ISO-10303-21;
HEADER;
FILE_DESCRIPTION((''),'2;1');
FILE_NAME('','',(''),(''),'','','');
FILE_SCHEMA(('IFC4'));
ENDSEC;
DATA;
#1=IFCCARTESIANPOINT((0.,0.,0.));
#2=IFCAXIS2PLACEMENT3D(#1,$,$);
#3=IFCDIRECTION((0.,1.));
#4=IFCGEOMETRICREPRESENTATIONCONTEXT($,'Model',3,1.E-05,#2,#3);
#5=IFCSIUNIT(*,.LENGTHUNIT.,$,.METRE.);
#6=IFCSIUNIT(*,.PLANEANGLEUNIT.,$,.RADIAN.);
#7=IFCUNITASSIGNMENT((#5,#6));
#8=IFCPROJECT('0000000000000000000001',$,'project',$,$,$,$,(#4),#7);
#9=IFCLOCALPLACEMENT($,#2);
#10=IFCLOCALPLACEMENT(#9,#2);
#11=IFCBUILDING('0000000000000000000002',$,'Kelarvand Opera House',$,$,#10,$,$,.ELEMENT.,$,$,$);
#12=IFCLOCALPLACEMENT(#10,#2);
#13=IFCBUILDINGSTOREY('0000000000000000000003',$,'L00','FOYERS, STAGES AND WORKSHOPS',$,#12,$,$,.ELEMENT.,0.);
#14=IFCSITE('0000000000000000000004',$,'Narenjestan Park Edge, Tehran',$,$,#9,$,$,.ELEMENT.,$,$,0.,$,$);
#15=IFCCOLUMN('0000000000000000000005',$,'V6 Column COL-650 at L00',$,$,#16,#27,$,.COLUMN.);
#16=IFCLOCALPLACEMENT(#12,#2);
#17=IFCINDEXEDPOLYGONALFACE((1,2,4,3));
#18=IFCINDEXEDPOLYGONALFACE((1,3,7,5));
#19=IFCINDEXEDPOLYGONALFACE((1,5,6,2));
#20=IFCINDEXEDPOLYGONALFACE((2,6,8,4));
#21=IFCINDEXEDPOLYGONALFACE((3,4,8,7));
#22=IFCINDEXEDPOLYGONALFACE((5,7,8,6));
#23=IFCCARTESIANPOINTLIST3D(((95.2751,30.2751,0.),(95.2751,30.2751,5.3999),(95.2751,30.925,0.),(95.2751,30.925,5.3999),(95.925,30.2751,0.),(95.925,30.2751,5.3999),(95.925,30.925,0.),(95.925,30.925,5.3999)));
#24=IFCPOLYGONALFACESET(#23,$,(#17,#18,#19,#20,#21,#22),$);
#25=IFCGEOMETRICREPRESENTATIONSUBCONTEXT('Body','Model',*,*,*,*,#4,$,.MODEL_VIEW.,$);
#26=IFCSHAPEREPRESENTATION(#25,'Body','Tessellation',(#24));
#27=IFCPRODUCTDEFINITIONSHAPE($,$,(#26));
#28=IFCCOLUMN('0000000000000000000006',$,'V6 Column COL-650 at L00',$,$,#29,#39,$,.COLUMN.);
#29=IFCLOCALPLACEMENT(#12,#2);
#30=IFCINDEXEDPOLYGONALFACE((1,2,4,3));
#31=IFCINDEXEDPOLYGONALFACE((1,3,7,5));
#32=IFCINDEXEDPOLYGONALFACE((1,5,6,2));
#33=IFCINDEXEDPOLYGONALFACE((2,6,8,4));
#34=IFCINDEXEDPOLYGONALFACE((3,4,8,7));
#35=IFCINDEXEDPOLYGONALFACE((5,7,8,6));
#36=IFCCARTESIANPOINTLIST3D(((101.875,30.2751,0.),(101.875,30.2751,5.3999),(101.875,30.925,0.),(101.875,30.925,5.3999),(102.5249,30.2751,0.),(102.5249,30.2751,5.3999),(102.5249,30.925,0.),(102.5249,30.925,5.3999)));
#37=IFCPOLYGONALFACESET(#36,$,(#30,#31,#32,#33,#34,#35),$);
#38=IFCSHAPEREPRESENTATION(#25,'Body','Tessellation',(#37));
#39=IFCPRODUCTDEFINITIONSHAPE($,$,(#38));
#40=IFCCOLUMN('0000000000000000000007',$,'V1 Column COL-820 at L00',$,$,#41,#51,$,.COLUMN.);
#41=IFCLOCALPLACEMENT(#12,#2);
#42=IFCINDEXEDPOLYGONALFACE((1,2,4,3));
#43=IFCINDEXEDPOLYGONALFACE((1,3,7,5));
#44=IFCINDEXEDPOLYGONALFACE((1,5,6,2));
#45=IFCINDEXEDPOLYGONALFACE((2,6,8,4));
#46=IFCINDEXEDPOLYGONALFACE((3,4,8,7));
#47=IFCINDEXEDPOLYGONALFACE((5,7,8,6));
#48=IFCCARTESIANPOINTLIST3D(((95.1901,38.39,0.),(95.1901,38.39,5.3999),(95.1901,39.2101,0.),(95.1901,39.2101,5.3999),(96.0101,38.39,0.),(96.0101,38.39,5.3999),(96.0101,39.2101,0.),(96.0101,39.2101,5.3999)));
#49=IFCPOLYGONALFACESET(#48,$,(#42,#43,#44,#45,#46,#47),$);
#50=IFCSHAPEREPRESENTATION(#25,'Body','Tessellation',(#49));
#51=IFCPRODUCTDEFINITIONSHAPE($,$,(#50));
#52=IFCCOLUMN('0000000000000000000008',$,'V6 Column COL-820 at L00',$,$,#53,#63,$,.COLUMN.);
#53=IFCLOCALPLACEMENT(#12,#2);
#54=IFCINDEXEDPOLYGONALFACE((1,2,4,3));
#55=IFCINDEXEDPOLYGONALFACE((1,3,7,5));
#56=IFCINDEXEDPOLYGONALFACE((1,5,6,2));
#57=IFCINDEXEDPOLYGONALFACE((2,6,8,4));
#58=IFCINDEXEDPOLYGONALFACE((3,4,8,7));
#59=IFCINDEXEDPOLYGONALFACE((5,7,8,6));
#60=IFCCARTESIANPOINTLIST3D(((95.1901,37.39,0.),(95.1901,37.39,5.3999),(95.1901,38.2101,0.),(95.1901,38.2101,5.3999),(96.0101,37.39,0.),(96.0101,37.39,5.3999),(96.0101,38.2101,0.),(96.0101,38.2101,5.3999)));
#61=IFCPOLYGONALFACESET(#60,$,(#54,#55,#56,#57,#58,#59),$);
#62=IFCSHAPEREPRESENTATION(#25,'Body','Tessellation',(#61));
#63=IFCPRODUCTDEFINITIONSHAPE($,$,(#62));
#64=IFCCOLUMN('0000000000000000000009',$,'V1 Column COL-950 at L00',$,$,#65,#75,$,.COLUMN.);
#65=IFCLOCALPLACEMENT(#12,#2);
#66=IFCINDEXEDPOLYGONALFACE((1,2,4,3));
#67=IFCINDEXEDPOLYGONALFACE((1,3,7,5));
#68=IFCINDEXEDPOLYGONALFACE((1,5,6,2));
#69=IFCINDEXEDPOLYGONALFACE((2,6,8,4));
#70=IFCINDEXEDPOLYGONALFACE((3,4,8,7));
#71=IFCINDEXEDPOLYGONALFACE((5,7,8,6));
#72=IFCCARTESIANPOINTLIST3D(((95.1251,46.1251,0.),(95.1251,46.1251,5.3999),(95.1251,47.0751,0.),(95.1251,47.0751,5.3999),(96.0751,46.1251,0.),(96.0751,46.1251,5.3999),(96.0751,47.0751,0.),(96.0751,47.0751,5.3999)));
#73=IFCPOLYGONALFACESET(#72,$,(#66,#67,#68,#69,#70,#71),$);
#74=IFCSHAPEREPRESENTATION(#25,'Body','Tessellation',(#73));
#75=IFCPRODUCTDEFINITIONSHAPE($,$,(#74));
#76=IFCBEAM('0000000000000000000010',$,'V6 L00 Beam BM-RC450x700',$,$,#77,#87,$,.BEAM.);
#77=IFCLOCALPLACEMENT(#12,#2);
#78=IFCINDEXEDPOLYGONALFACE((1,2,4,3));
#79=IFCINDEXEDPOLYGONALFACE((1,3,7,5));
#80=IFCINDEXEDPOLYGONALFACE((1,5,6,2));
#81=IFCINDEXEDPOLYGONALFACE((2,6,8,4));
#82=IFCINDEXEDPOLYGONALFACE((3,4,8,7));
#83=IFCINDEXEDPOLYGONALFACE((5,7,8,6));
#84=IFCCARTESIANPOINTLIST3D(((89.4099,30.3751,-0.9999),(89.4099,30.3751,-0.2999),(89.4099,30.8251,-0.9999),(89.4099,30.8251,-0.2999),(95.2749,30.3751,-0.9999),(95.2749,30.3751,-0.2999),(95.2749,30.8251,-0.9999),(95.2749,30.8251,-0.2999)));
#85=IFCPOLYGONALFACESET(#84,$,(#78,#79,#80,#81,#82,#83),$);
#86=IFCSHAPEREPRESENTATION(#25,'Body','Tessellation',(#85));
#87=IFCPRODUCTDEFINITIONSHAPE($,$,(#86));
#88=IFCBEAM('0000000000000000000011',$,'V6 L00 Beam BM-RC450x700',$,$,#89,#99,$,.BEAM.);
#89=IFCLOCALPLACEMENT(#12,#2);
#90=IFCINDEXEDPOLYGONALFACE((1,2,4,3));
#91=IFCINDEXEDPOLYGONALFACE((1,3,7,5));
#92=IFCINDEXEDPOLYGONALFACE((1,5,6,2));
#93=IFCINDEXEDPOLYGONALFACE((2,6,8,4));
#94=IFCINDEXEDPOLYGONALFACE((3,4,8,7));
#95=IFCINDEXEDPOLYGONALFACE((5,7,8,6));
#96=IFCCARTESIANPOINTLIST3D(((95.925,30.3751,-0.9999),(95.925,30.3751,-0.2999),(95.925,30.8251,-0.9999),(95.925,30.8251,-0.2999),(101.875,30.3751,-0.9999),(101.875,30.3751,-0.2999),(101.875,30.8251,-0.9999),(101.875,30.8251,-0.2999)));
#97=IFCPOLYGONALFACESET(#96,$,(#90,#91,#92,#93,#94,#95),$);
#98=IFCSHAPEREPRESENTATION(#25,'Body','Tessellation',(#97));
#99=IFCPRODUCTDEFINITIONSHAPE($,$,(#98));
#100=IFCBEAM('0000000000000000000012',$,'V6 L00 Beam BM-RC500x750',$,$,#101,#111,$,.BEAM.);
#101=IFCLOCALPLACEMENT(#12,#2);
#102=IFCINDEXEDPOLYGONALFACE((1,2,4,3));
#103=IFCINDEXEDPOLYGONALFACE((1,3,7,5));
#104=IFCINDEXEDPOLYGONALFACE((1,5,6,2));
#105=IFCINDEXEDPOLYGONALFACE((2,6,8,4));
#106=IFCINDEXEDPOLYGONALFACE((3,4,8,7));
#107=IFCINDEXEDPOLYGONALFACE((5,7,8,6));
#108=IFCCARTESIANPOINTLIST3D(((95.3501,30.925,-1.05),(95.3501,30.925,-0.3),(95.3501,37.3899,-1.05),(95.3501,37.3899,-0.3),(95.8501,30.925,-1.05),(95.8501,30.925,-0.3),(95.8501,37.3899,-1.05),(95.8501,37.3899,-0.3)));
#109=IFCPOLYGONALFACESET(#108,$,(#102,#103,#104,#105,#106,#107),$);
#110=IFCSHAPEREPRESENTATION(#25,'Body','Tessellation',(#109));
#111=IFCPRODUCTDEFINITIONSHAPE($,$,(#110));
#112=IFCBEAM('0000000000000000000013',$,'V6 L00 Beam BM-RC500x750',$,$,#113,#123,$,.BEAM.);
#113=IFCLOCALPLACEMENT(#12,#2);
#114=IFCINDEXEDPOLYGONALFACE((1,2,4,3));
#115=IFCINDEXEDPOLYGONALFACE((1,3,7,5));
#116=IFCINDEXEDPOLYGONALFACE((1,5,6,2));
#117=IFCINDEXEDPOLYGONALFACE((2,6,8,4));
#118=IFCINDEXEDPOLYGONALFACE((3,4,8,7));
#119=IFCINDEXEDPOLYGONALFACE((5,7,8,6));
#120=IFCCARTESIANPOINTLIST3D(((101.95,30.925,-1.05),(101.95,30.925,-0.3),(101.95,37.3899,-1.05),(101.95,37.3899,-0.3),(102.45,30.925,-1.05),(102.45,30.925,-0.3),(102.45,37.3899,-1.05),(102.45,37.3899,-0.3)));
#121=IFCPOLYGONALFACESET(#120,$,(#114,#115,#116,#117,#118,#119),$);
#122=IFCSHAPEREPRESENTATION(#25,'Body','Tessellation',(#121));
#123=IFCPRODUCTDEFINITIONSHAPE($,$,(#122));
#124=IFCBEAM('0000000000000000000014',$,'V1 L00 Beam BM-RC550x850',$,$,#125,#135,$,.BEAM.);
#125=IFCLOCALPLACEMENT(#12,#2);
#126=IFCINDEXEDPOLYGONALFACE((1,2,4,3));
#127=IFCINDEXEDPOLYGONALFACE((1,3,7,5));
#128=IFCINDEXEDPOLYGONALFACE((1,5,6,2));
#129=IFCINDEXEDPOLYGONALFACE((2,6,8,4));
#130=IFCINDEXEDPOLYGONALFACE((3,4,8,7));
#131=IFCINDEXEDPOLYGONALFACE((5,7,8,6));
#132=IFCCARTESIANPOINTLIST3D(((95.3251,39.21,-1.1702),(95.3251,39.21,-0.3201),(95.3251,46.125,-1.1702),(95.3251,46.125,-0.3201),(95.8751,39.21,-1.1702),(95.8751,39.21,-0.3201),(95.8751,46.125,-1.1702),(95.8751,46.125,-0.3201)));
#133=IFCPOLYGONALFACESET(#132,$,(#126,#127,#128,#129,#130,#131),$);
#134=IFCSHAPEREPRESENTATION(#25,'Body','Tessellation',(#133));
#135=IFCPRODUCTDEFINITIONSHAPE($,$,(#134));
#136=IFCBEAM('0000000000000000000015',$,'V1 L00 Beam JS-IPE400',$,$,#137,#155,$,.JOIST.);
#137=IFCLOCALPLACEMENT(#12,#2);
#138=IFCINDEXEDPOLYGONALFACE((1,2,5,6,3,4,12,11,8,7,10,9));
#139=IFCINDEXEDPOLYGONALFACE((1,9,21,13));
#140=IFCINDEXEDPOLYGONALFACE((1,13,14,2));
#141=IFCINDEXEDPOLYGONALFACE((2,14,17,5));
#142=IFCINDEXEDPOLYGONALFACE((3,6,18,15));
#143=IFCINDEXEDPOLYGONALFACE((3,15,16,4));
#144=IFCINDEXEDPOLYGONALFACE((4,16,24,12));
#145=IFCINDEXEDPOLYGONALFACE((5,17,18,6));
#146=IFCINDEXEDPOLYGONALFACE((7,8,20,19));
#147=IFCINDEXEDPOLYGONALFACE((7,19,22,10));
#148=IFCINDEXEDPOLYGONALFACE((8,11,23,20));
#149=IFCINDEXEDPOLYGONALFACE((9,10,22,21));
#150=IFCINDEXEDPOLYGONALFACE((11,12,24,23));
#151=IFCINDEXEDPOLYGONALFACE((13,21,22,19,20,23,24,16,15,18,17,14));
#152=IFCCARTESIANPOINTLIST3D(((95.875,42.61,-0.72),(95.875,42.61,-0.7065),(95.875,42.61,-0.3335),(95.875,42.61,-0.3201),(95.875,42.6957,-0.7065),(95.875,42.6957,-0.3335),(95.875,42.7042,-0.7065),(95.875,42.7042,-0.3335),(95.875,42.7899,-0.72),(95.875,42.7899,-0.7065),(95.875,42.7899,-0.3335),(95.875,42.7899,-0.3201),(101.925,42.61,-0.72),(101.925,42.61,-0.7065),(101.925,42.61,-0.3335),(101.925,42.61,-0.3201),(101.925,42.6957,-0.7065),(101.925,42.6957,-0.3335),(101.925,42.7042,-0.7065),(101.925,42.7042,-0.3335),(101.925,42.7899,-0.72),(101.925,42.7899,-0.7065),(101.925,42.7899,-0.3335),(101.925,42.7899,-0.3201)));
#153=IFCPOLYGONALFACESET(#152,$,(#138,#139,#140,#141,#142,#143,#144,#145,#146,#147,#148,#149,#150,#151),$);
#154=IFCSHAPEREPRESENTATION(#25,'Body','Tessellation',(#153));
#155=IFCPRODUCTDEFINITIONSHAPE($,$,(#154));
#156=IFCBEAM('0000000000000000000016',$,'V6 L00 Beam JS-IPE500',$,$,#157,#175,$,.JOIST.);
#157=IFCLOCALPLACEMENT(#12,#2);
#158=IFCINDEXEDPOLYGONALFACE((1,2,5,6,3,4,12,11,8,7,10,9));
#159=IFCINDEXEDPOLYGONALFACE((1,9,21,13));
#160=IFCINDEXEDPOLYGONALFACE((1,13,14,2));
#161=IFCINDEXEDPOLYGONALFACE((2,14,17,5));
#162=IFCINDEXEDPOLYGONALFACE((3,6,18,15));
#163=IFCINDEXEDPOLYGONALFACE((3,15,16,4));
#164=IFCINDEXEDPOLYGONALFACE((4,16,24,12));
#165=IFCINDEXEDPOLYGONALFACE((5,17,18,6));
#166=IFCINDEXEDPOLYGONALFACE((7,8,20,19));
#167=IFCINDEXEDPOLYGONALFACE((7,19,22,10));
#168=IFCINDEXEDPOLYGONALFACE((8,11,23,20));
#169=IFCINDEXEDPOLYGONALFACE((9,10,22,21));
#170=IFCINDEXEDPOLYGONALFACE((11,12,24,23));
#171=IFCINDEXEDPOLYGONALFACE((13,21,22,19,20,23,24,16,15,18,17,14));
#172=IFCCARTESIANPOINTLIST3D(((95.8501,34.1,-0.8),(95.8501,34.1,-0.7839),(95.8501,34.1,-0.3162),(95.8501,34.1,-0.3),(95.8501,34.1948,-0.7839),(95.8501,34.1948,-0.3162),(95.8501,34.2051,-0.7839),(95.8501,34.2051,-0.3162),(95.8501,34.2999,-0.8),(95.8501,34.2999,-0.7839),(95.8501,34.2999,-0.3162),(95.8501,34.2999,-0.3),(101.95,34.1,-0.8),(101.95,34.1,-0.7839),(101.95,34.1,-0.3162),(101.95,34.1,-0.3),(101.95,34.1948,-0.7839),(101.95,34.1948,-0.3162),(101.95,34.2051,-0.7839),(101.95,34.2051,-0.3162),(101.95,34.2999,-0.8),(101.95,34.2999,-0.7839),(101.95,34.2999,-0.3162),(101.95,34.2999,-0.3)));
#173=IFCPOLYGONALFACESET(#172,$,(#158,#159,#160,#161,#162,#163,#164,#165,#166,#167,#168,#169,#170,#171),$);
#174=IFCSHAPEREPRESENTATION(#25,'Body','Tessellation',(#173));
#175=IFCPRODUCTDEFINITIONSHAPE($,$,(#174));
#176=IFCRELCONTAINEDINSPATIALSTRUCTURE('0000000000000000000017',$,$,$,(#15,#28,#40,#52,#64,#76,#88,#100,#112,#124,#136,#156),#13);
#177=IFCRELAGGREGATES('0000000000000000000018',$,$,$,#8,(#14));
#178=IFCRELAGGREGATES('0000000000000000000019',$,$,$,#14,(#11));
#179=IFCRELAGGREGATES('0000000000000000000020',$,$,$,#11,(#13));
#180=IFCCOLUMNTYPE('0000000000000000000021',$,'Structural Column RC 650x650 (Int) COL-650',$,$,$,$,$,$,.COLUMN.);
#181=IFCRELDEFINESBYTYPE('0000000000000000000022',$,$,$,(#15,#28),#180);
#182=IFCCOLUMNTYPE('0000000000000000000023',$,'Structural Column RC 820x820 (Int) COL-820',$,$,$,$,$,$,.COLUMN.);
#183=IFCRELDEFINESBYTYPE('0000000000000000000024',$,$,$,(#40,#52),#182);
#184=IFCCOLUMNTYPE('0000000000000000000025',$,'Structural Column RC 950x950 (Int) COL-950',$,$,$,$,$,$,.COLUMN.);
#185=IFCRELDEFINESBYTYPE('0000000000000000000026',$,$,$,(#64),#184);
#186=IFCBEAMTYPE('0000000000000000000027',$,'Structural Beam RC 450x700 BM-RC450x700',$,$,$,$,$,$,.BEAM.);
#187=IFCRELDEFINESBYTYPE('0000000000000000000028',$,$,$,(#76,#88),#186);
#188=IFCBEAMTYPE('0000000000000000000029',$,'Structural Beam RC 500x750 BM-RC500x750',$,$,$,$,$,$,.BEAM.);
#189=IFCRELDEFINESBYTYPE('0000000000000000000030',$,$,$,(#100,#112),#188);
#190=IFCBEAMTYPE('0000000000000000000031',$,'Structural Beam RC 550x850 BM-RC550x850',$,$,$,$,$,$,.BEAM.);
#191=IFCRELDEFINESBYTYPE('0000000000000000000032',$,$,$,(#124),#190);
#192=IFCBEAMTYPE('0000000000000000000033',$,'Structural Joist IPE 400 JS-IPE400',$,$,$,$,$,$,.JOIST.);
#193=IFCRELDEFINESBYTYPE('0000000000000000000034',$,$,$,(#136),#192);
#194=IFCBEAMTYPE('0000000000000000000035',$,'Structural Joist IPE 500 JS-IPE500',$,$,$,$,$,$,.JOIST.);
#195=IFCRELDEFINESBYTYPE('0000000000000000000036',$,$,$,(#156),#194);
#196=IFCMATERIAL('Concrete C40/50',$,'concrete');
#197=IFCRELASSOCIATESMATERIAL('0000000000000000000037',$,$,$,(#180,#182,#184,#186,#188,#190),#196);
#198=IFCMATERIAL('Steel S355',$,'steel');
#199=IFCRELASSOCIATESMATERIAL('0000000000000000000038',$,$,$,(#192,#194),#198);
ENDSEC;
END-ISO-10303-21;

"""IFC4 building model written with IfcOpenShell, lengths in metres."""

from ifc_helpers import new_model, si_unit, direction, frame, origin, origin_2d, place, context, subcontext, project, spatial, rectangle, i_section, extrude, material, material_profile, profile_set, type_object, element, save


model = new_model("IFC4")

# Units and contexts
model_context = context("Model", 3, precision=1e-05, world=origin(), true_north=direction((0.0, 1.0)))
body_context = subcontext(model_context, "Body", "Model", "MODEL_VIEW")
ifc_project = project(units=[si_unit("LENGTHUNIT", "METRE"), si_unit("PLANEANGLEUNIT", "RADIAN")], contexts=[model_context])

# Site, building, storey
site_placement = place(None, origin())
site = spatial("IfcSite", under=ifc_project, at=site_placement, Name="Narenjestan Park Edge, Tehran", CompositionType="ELEMENT", RefElevation=0.0)
building_placement = place(site_placement, origin())
building = spatial("IfcBuilding", under=site, at=building_placement, Name="Kelarvand Opera House", CompositionType="ELEMENT")
storey_placement = place(building_placement, origin())
storey = spatial("IfcBuildingStorey", under=building, at=storey_placement, Name="L00", Description="FOYERS, STAGES AND WORKSHOPS", CompositionType="ELEMENT", Elevation=0.0)

# Columns
ifc_material_1 = material(Name="Concrete C40/50", Category="concrete")
ifc_material_profile_1 = material_profile(ifc_material_1, rectangle(XDim=0.6499, YDim=0.6499, at=origin_2d()), Name="RC 650x650", Category="concrete")
ifc_profile_set_1 = profile_set([ifc_material_profile_1], Name="Concrete C40/50")
column_type_1 = type_object("IfcColumnType", Name="Structural Column RC 650x650 (Int) COL-650", PredefinedType="COLUMN", material=ifc_profile_set_1)
for number, where, z_axis, x_axis, name in (
    (1, (95.6001, 30.6001, 0.0), (0.0, 0.0, 1.0), (1.0, 0.0, 0.0), "V6 Column COL-650 at L00"),
    (2, (102.2, 30.6001, 0.0), (0.0, 0.0, 1.0), (1.0, 0.0, 0.0), "V6 Column COL-650 at L00"),
):
    element("IfcColumn", number, at=place(storey_placement, frame(where, z_axis=z_axis, x_axis=x_axis)), inside=storey, type_object=column_type_1, Name=name, PredefinedType="COLUMN", context=body_context, shape_type="SweptSolid", body=[
        extrude(rectangle(XDim=0.6499, YDim=0.6499, at=origin_2d()), origin(), (0.0, 0.0, 1.0), 5.3999),
    ])
ifc_material_profile_2 = material_profile(ifc_material_1, rectangle(XDim=0.8201, YDim=0.8201, at=origin_2d()), Name="RC 820x820", Category="concrete")
ifc_profile_set_2 = profile_set([ifc_material_profile_2], Name="Concrete C40/50")
column_type_2 = type_object("IfcColumnType", Name="Structural Column RC 820x820 (Int) COL-820", PredefinedType="COLUMN", material=ifc_profile_set_2)
for number, where, z_axis, x_axis, name in (
    (3, (95.6001, 38.8, 0.0), (0.0, 0.0, 1.0), (1.0, 0.0, 0.0), "V1 Column COL-820 at L00"),
    (4, (95.6001, 37.8, 0.0), (0.0, 0.0, 1.0), (1.0, 0.0, 0.0), "V6 Column COL-820 at L00"),
):
    element("IfcColumn", number, at=place(storey_placement, frame(where, z_axis=z_axis, x_axis=x_axis)), inside=storey, type_object=column_type_2, Name=name, PredefinedType="COLUMN", context=body_context, shape_type="SweptSolid", body=[
        extrude(rectangle(XDim=0.8201, YDim=0.8201, at=origin_2d()), origin(), (0.0, 0.0, 1.0), 5.3999),
    ])
ifc_material_profile_3 = material_profile(ifc_material_1, rectangle(XDim=0.95, YDim=0.95, at=origin_2d()), Name="RC 950x950", Category="concrete")
ifc_profile_set_3 = profile_set([ifc_material_profile_3], Name="Concrete C40/50")
column_type_3 = type_object("IfcColumnType", Name="Structural Column RC 950x950 (Int) COL-950", PredefinedType="COLUMN", material=ifc_profile_set_3)
column_placement = place(storey_placement, frame((95.6001, 46.6001, 0.0), z_axis=(0.0, 0.0, 1.0), x_axis=(1.0, 0.0, 0.0)))
element("IfcColumn", 5, at=column_placement, inside=storey, type_object=column_type_3, Name="V1 Column COL-950 at L00", PredefinedType="COLUMN", context=body_context, shape_type="SweptSolid", body=[
    extrude(rectangle(XDim=0.95, YDim=0.95, at=origin_2d()), origin(), (0.0, 0.0, 1.0), 5.3999),
])

# Beams
ifc_material_profile_4 = material_profile(ifc_material_1, rectangle(XDim=0.45, YDim=0.7, at=origin_2d()), Name="RC 450x700", Category="concrete")
ifc_profile_set_4 = profile_set([ifc_material_profile_4], Name="Concrete C40/50")
beam_type_1 = type_object("IfcBeamType", Name="Structural Beam RC 450x700 BM-RC450x700", PredefinedType="BEAM", material=ifc_profile_set_4)
beam_1_placement = place(storey_placement, frame((89.4099, 30.6001, -0.6499), z_axis=(1.0, 0.0, 0.0), x_axis=(0.0, 1.0, 0.0)))
element("IfcBeam", 6, at=beam_1_placement, inside=storey, type_object=beam_type_1, Name="V6 L00 Beam BM-RC450x700", PredefinedType="BEAM", context=body_context, shape_type="SweptSolid", body=[
    extrude(rectangle(XDim=0.45, YDim=0.7, at=origin_2d()), origin(), (0.0, 0.0, 1.0), 5.865),
])
beam_2_placement = place(storey_placement, frame((95.925, 30.6001, -0.6499), z_axis=(1.0, 0.0, 0.0), x_axis=(0.0, 1.0, 0.0)))
element("IfcBeam", 7, at=beam_2_placement, inside=storey, type_object=beam_type_1, Name="V6 L00 Beam BM-RC450x700", PredefinedType="BEAM", context=body_context, shape_type="SweptSolid", body=[
    extrude(rectangle(XDim=0.45, YDim=0.7, at=origin_2d()), origin(), (0.0, 0.0, 1.0), 5.95),
])
ifc_material_profile_5 = material_profile(ifc_material_1, rectangle(XDim=0.5, YDim=0.75, at=origin_2d()), Name="RC 500x750", Category="concrete")
ifc_profile_set_5 = profile_set([ifc_material_profile_5], Name="Concrete C40/50")
beam_type_2 = type_object("IfcBeamType", Name="Structural Beam RC 500x750 BM-RC500x750", PredefinedType="BEAM", material=ifc_profile_set_5)
for number, where, z_axis, x_axis, name in (
    (8, (95.6001, 30.925, -0.675), (0.0, 1.0, 0.0), (-1.0, 0.0, 0.0), "V6 L00 Beam BM-RC500x750"),
    (9, (102.2, 30.925, -0.675), (0.0, 1.0, 0.0), (-1.0, 0.0, 0.0), "V6 L00 Beam BM-RC500x750"),
):
    element("IfcBeam", number, at=place(storey_placement, frame(where, z_axis=z_axis, x_axis=x_axis)), inside=storey, type_object=beam_type_2, Name=name, PredefinedType="BEAM", context=body_context, shape_type="SweptSolid", body=[
        extrude(rectangle(XDim=0.5, YDim=0.75, at=origin_2d()), origin(), (0.0, 0.0, 1.0), 6.4648),
    ])
ifc_material_profile_6 = material_profile(ifc_material_1, rectangle(XDim=0.55, YDim=0.8501, at=origin_2d()), Name="RC 550x850", Category="concrete")
ifc_profile_set_6 = profile_set([ifc_material_profile_6], Name="Concrete C40/50")
beam_type_3 = type_object("IfcBeamType", Name="Structural Beam RC 550x850 BM-RC550x850", PredefinedType="BEAM", material=ifc_profile_set_6)
beam_3_placement = place(storey_placement, frame((95.6001, 39.21, -0.7451), z_axis=(0.0, 1.0, 0.0), x_axis=(-1.0, 0.0, 0.0)))
element("IfcBeam", 10, at=beam_3_placement, inside=storey, type_object=beam_type_3, Name="V1 L00 Beam BM-RC550x850", PredefinedType="BEAM", context=body_context, shape_type="SweptSolid", body=[
    extrude(rectangle(XDim=0.55, YDim=0.8501, at=origin_2d()), origin(), (0.0, 0.0, 1.0), 6.915),
])
ifc_material_2 = material(Name="Steel S355", Category="steel")
ifc_material_profile_7 = material_profile(ifc_material_2, i_section(OverallWidth=0.1799, OverallDepth=0.3999, WebThickness=0.0085, FlangeThickness=0.0134, at=origin_2d()), Name="IPE 400", Category="steel")
ifc_profile_set_7 = profile_set([ifc_material_profile_7], Name="Steel S355")
beam_type_4 = type_object("IfcBeamType", Name="Structural Joist IPE 400 JS-IPE400", PredefinedType="JOIST", material=ifc_profile_set_7)
beam_4_placement = place(storey_placement, frame((95.875, 42.7, -0.52), z_axis=(1.0, 0.0, 0.0), x_axis=(0.0, 1.0, 0.0)))
element("IfcBeam", 11, at=beam_4_placement, inside=storey, type_object=beam_type_4, Name="V1 L00 Beam JS-IPE400", PredefinedType="JOIST", context=body_context, shape_type="SweptSolid", body=[
    extrude(i_section(OverallWidth=0.1799, OverallDepth=0.3999, WebThickness=0.0085, FlangeThickness=0.0134, at=origin_2d()), origin(), (0.0, 0.0, 1.0), 6.05),
])
ifc_material_profile_8 = material_profile(ifc_material_2, i_section(OverallWidth=0.2, OverallDepth=0.5, WebThickness=0.0103, FlangeThickness=0.0161, at=origin_2d()), Name="IPE 500", Category="steel")
ifc_profile_set_8 = profile_set([ifc_material_profile_8], Name="Steel S355")
beam_type_5 = type_object("IfcBeamType", Name="Structural Joist IPE 500 JS-IPE500", PredefinedType="JOIST", material=ifc_profile_set_8)
beam_5_placement = place(storey_placement, frame((95.8501, 34.2, -0.55), z_axis=(1.0, 0.0, 0.0), x_axis=(0.0, 1.0, 0.0)))
element("IfcBeam", 12, at=beam_5_placement, inside=storey, type_object=beam_type_5, Name="V6 L00 Beam JS-IPE500", PredefinedType="JOIST", context=body_context, shape_type="SweptSolid", body=[
    extrude(i_section(OverallWidth=0.2, OverallDepth=0.5, WebThickness=0.0103, FlangeThickness=0.0161, at=origin_2d()), origin(), (0.0, 0.0, 1.0), 6.0999),
])

save(model, "model.ifc")
